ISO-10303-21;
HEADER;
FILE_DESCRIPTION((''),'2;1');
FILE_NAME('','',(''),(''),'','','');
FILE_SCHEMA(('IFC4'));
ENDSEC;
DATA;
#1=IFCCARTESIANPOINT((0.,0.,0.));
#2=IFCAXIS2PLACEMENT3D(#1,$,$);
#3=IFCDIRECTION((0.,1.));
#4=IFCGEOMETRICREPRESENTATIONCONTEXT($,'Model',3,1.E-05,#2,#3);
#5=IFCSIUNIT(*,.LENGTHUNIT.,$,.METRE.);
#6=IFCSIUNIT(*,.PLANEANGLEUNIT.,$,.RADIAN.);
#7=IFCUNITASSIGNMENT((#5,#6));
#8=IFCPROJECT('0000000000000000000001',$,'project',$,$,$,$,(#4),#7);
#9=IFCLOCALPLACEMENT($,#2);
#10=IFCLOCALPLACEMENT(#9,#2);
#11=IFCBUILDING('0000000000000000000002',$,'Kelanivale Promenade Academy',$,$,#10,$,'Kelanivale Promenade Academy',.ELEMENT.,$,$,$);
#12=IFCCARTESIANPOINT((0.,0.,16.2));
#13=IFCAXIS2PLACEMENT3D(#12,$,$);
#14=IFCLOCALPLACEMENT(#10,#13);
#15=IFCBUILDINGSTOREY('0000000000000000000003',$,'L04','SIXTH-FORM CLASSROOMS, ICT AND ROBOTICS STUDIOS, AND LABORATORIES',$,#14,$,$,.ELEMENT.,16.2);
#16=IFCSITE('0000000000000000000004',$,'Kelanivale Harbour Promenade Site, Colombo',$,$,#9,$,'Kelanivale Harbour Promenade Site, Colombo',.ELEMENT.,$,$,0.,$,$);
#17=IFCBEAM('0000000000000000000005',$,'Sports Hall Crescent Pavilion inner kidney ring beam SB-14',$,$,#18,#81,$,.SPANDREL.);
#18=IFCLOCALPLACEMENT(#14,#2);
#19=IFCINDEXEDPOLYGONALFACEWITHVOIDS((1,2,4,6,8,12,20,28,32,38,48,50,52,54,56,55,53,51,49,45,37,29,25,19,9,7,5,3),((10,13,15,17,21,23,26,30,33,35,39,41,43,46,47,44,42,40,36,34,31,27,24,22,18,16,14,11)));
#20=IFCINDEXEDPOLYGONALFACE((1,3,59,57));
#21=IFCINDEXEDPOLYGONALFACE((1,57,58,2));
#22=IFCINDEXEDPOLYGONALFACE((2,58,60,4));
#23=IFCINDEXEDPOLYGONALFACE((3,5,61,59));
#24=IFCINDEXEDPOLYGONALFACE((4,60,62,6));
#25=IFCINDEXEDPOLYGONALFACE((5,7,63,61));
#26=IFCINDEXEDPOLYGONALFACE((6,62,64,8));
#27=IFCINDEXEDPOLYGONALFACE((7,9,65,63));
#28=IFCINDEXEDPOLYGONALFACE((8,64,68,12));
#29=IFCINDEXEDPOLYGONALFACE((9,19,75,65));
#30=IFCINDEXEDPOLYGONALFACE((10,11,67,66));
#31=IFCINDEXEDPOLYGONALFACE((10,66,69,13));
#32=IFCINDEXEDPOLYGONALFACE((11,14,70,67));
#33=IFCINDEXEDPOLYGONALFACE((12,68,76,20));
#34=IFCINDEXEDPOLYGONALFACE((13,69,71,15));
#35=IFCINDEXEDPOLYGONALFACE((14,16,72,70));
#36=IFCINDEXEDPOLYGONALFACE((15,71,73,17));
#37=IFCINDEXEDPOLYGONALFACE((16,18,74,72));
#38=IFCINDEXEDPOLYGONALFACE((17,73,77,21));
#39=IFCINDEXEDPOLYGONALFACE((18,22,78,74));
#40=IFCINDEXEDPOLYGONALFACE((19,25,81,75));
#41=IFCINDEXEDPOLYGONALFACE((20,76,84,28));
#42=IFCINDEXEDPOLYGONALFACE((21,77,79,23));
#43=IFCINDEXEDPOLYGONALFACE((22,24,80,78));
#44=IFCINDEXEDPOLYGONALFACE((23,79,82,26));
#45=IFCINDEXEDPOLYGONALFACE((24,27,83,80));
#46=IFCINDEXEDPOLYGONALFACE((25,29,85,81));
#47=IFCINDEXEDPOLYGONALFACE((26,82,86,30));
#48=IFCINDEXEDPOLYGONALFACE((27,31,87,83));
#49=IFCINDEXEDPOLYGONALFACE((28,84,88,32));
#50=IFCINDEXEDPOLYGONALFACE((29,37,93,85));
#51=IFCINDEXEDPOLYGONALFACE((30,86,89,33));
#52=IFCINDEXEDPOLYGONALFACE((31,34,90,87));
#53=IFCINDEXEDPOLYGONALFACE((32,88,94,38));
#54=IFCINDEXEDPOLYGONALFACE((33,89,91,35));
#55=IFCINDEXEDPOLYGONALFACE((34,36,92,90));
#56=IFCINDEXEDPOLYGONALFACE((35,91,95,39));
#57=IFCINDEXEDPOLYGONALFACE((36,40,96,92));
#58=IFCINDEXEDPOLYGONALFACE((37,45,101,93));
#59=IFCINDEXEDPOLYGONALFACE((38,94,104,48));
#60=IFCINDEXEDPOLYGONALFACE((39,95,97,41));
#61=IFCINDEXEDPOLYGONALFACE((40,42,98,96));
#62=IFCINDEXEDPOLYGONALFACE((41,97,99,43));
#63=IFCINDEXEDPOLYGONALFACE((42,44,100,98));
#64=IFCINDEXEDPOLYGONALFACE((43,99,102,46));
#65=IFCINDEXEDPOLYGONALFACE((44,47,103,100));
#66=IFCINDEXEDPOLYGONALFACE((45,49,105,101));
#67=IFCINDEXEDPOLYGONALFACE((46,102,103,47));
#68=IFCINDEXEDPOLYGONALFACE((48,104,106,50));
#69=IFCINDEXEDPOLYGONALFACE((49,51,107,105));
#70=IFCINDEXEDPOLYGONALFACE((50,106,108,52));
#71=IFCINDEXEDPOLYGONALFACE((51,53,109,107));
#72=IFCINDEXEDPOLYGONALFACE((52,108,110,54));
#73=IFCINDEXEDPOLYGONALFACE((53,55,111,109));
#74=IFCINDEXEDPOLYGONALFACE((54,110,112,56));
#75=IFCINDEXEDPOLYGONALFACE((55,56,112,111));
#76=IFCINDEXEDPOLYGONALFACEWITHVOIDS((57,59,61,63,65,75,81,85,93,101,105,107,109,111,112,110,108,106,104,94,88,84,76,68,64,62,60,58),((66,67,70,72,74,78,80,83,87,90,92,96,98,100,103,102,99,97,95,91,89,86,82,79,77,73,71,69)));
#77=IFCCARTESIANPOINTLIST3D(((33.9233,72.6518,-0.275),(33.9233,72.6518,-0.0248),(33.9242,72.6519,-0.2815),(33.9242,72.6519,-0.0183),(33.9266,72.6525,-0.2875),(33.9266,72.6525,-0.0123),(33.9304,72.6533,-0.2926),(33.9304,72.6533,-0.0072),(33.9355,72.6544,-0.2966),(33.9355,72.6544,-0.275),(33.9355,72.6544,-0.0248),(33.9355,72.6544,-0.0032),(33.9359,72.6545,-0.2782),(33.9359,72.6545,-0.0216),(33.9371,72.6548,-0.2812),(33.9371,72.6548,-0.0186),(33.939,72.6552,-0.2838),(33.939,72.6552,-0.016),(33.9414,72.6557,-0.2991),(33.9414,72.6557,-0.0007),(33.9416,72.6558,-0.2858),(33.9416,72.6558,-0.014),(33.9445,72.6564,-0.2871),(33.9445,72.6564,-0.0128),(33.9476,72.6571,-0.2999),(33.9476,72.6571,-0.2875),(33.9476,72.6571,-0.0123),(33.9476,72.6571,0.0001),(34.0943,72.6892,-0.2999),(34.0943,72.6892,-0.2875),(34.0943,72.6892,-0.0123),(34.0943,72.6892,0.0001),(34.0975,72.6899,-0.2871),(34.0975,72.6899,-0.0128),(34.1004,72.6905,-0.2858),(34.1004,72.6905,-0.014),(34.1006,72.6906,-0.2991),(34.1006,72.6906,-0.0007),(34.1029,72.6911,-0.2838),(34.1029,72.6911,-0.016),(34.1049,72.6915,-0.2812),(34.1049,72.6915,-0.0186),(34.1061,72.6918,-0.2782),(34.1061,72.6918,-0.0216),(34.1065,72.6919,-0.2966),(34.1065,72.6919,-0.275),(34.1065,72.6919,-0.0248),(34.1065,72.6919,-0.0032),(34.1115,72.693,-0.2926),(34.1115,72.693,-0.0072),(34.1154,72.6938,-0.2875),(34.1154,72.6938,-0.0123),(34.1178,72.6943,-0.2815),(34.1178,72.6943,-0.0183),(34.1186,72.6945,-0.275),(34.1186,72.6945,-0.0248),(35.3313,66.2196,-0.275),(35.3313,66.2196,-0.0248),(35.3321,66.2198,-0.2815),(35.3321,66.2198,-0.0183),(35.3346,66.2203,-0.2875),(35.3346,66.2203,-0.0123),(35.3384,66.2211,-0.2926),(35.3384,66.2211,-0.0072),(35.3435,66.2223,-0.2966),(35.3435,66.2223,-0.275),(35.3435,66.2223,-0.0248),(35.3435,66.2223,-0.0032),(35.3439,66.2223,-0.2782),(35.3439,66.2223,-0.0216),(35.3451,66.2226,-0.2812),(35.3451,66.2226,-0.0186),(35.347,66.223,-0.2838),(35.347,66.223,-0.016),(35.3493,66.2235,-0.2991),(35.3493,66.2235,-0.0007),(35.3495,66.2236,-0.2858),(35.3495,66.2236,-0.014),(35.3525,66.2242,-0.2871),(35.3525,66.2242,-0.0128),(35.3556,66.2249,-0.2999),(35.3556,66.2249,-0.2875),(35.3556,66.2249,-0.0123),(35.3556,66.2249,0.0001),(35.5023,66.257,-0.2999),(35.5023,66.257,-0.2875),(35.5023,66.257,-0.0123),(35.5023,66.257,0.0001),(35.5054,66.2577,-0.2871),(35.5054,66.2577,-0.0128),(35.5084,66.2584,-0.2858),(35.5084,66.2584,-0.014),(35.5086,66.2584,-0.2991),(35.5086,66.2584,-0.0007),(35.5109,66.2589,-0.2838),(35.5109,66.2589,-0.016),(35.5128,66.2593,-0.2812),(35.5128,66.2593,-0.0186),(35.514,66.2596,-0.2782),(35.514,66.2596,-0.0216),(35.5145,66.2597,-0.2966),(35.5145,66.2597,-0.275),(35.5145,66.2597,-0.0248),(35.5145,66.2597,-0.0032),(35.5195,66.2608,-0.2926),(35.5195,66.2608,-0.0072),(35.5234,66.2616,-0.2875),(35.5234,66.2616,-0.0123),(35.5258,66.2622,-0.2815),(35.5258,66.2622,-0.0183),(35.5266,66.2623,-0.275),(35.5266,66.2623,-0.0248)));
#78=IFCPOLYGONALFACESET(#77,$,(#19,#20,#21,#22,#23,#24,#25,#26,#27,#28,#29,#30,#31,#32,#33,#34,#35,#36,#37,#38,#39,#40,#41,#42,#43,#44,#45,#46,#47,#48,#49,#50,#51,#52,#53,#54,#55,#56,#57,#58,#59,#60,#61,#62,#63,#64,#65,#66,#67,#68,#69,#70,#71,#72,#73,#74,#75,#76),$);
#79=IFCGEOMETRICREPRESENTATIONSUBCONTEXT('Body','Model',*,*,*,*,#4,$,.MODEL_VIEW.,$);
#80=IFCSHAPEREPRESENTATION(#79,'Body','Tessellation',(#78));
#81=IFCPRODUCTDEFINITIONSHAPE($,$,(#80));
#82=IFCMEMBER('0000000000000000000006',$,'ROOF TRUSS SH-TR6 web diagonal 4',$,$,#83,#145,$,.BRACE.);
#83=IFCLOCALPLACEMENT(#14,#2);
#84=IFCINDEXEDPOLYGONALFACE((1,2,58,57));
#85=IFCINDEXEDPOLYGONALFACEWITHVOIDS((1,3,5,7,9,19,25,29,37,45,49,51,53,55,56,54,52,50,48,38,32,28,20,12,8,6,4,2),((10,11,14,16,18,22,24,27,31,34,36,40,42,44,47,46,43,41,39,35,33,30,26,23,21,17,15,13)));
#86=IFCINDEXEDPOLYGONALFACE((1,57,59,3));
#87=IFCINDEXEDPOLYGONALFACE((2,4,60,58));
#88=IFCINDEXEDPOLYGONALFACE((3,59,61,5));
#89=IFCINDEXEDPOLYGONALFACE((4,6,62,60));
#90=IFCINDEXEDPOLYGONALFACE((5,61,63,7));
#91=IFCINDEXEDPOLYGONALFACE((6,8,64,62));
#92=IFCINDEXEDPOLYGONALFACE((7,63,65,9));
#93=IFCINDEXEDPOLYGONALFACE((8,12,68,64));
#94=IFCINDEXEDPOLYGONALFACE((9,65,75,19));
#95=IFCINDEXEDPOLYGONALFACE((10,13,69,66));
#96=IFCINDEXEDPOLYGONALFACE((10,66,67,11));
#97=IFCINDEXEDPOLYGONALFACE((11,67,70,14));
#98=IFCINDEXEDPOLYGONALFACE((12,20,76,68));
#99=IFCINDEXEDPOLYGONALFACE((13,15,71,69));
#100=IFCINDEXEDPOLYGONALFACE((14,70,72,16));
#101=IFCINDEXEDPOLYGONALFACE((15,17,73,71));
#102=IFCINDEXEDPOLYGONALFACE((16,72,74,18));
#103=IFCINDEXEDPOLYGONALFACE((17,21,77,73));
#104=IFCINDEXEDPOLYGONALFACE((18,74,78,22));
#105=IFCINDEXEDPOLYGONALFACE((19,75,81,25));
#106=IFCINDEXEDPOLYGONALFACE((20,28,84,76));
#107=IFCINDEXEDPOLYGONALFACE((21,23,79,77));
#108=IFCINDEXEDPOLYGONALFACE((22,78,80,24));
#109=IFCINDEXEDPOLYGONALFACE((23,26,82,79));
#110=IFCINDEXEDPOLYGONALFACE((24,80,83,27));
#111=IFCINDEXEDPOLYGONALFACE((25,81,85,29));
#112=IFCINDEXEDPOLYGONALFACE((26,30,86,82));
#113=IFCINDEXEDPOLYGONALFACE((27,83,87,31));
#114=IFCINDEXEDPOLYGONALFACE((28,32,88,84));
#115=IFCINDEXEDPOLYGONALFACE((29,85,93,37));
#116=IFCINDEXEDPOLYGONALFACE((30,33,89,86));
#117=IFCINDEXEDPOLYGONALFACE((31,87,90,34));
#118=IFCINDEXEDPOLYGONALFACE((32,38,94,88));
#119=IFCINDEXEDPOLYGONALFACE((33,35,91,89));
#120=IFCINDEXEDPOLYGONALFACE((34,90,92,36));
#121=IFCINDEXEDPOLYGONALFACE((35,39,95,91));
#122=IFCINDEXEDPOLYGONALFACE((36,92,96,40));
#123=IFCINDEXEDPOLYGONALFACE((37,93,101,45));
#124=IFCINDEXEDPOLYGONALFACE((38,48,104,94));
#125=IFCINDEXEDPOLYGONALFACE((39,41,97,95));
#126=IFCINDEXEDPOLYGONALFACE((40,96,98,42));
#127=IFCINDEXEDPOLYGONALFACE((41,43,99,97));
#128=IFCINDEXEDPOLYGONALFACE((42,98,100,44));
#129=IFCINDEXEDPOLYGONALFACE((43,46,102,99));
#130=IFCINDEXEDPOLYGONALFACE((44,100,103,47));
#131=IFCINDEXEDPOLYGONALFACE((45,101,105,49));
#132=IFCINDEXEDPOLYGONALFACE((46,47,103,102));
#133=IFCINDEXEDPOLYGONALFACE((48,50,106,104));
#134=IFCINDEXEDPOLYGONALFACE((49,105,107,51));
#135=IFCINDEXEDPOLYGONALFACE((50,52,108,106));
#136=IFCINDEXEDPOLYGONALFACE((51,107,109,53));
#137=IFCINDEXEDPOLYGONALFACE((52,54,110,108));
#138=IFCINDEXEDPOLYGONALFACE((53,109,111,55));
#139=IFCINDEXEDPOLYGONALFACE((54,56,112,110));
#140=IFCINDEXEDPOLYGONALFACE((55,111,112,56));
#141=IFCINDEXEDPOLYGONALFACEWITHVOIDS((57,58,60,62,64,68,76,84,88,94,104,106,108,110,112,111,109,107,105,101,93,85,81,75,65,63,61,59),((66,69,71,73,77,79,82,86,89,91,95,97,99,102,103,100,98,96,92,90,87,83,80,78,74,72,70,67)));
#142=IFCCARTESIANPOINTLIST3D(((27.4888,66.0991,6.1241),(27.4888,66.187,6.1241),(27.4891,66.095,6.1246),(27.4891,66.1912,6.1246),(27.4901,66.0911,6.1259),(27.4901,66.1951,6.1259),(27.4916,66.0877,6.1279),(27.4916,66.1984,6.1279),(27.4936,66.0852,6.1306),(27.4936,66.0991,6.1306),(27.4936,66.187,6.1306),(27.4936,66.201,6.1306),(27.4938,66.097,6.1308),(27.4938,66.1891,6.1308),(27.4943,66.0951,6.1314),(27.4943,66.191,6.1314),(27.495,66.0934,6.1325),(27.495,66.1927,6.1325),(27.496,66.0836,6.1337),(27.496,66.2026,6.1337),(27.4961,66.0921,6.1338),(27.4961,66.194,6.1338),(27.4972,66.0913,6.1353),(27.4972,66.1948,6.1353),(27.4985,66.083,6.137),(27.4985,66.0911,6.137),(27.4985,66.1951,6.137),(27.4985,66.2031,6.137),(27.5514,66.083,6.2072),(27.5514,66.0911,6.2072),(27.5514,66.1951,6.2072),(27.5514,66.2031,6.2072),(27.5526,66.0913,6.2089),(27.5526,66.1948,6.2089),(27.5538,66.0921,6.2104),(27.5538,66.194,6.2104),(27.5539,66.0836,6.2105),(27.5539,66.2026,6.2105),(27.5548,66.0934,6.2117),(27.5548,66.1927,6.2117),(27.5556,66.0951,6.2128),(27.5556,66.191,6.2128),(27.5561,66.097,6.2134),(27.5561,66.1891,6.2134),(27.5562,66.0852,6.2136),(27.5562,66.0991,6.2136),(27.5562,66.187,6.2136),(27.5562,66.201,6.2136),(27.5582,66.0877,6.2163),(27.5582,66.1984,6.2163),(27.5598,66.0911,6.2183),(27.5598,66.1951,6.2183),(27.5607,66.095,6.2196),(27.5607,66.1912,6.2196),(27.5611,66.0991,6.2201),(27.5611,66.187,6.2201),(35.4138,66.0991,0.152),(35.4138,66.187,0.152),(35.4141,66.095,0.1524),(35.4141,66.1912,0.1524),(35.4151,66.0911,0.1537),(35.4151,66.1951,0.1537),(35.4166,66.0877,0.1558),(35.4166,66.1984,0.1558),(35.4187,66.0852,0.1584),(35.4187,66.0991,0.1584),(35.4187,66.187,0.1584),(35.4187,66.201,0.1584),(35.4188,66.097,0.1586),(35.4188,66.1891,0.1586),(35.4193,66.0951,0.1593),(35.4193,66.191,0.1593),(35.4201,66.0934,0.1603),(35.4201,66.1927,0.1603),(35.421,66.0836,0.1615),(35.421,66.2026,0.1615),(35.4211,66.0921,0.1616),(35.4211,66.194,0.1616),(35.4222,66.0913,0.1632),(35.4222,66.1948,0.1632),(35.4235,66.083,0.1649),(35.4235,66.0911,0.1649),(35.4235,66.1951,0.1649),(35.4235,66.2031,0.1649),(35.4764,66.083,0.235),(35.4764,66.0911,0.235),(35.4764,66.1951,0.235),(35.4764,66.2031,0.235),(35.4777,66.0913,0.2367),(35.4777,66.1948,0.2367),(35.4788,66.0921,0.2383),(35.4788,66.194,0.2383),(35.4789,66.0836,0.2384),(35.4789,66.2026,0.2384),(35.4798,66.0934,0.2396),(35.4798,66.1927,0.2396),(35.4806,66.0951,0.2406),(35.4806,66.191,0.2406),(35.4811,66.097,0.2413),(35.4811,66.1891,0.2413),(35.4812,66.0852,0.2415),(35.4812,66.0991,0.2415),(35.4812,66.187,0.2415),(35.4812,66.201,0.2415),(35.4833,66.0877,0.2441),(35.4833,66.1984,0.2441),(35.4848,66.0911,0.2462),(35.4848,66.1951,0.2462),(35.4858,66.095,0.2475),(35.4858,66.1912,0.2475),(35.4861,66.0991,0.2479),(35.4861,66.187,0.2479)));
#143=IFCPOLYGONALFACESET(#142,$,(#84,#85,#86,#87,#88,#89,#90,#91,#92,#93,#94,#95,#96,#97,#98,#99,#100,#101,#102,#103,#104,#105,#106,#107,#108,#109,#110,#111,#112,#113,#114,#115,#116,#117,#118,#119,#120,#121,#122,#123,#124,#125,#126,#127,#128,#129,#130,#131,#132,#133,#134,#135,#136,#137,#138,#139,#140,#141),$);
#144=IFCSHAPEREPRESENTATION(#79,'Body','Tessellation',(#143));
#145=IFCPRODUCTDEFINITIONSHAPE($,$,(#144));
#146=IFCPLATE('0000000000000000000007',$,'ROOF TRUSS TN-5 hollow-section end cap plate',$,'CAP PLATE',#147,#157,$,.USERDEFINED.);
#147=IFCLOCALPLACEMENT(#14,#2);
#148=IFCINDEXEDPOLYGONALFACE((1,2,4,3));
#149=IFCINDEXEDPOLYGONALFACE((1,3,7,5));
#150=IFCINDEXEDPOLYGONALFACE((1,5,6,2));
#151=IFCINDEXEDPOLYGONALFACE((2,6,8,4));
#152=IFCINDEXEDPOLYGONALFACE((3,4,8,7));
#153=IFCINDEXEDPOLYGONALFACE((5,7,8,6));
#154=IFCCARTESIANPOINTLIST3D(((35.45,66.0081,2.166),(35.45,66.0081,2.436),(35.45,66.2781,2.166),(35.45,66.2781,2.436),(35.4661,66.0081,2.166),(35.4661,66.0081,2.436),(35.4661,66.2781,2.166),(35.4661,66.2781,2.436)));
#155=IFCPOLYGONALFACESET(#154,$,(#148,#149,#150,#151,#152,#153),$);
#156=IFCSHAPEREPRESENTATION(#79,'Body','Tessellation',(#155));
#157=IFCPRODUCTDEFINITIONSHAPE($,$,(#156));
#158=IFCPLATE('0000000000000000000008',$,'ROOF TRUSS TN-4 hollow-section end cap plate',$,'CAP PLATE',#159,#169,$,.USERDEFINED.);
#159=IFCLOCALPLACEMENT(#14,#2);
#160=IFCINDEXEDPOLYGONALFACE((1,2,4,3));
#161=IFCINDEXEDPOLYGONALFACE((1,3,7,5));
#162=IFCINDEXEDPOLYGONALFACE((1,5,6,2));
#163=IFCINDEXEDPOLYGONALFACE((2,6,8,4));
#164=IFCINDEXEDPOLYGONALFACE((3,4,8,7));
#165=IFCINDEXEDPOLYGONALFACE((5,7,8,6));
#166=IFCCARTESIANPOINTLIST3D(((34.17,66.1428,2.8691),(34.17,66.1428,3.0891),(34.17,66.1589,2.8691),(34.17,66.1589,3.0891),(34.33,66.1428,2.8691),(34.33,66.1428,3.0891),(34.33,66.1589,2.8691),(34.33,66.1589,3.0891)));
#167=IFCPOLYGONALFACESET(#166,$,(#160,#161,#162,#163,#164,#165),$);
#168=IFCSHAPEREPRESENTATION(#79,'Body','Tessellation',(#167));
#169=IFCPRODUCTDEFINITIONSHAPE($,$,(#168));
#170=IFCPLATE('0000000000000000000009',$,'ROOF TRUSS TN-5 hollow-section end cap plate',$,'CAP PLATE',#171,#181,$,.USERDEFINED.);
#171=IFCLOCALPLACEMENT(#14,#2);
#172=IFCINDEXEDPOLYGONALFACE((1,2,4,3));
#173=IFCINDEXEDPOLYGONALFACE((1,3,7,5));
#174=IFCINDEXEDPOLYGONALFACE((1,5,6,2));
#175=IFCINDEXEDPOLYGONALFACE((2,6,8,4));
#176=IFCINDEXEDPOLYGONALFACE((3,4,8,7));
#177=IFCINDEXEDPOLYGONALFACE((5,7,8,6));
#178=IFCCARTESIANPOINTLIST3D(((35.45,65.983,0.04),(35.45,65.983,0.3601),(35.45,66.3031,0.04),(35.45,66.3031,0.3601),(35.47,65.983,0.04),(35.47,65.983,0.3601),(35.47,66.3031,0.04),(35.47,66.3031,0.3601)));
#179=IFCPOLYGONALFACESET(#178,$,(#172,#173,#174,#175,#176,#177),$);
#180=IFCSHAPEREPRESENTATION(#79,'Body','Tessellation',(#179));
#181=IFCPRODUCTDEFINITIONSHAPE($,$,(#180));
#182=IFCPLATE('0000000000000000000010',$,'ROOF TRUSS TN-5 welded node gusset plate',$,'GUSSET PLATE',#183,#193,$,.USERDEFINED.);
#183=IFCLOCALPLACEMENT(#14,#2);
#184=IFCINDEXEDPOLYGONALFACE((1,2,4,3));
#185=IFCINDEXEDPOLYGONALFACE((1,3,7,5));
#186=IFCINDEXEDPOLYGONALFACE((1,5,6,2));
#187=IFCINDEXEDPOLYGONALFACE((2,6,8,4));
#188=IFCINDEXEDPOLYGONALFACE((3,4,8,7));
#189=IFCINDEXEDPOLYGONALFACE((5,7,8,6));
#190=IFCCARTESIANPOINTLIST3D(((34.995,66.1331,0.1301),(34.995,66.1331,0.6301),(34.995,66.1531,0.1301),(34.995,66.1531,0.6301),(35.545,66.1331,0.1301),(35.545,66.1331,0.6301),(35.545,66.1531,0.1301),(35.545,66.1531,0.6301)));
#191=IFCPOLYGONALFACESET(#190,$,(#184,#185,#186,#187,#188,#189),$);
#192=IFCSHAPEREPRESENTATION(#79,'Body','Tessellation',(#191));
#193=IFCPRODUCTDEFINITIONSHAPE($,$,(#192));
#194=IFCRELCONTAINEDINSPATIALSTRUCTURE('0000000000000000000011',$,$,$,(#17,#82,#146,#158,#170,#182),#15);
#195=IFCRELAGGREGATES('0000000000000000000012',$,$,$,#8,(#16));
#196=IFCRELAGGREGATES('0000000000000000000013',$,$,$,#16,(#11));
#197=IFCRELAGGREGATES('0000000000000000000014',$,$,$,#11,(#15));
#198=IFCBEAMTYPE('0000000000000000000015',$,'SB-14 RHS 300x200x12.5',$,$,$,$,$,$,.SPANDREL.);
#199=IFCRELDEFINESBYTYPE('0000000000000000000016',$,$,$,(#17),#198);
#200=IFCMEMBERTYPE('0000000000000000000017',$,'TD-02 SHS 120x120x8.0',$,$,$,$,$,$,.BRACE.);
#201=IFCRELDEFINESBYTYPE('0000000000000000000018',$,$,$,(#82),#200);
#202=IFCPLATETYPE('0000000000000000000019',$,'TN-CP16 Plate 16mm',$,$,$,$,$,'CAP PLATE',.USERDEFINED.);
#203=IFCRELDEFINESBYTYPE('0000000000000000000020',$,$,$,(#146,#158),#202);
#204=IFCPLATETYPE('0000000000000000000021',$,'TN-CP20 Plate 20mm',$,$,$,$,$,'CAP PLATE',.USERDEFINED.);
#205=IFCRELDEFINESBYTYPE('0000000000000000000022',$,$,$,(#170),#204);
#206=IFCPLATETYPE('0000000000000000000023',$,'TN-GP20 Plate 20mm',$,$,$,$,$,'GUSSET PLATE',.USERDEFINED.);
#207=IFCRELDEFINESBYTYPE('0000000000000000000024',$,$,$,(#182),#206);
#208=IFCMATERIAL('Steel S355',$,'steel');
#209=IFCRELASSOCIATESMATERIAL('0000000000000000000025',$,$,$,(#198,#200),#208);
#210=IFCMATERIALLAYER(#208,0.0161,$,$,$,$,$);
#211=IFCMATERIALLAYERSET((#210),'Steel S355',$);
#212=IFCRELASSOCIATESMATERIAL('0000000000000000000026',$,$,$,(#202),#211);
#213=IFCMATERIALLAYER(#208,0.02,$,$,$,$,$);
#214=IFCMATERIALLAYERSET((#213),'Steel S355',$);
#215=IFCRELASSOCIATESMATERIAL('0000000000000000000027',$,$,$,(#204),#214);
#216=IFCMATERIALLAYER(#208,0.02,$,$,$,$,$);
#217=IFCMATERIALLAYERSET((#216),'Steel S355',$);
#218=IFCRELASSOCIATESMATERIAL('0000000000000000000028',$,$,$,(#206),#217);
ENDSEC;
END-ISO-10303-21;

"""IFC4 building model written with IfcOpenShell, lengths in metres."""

from ifc_helpers import new_model, si_unit, direction, frame, origin, origin_2d, place, context, subcontext, project, spatial, rectangle, hollow_rectangle, extrude, material, layer, layer_set, material_profile, profile_set, type_object, element, save


model = new_model("IFC4")

# Units and contexts
model_context = context("Model", 3, precision=1e-05, world=origin(), true_north=direction((0.0, 1.0)))
body_context = subcontext(model_context, "Body", "Model", "MODEL_VIEW")
ifc_project = project(units=[si_unit("LENGTHUNIT", "METRE"), si_unit("PLANEANGLEUNIT", "RADIAN")], contexts=[model_context])

# Site, building, storey
site_placement = place(None, origin())
site = spatial("IfcSite", under=ifc_project, at=site_placement, Name="Kelanivale Harbour Promenade Site, Colombo", LongName="Kelanivale Harbour Promenade Site, Colombo", CompositionType="ELEMENT", RefElevation=0.0)
building_placement = place(site_placement, origin())
building = spatial("IfcBuilding", under=site, at=building_placement, Name="Kelanivale Promenade Academy", LongName="Kelanivale Promenade Academy", CompositionType="ELEMENT")
storey_placement = place(building_placement, frame((0.0, 0.0, 16.2)))
storey = spatial("IfcBuildingStorey", under=building, at=storey_placement, Name="L04", Description="SIXTH-FORM CLASSROOMS, ICT AND ROBOTICS STUDIOS, AND LABORATORIES", CompositionType="ELEMENT", Elevation=16.2)

# Shared definitions
ifc_material_1 = material(Name="Steel S355", Category="steel")

# Beam
ifc_material_profile_1 = material_profile(ifc_material_1, hollow_rectangle(XDim=0.2, YDim=0.3, WallThickness=0.0125, InnerFilletRadius=0.0125, OuterFilletRadius=0.0249, at=origin_2d()), Name="RHS 300x200x12.5")
ifc_profile_set_1 = profile_set([ifc_material_profile_1], Name="Steel S355")
beam_type_1 = type_object("IfcBeamType", Name="SB-14 RHS 300x200x12.5", PredefinedType="SPANDREL", material=ifc_profile_set_1)
beam_1_placement = place(storey_placement, frame((35.429, 66.241, -0.1499), z_axis=(-0.213832, 0.97687, 0.0), x_axis=(-0.97687, -0.213832, 0.0)))
element("IfcBeam", 1, at=beam_1_placement, inside=storey, type_object=beam_type_1, Name="Sports Hall Crescent Pavilion inner kidney ring beam SB-14", PredefinedType="SPANDREL", context=body_context, shape_type="SweptSolid", body=[
    extrude(hollow_rectangle(XDim=0.2, YDim=0.3, WallThickness=0.0125, InnerFilletRadius=0.0125, OuterFilletRadius=0.0249, at=origin_2d()), origin(), (0.0, 0.0, 1.0), 6.5845),
])

# Member
ifc_material_profile_2 = material_profile(ifc_material_1, hollow_rectangle(XDim=0.1201, YDim=0.1201, WallThickness=0.0081, InnerFilletRadius=0.0081, OuterFilletRadius=0.0161, at=origin_2d()), Name="SHS 120x120x8.0")
ifc_profile_set_2 = profile_set([ifc_material_profile_2], Name="Steel S355")
member_type_1 = type_object("IfcMemberType", Name="TD-02 SHS 120x120x8.0", PredefinedType="BRACE", material=ifc_profile_set_2)
member_1_placement = place(storey_placement, frame((35.45, 66.1431, 0.2), z_axis=(-0.798625, 0.0, 0.601829), x_axis=(0.0, -1.0, 0.0)))
element("IfcMember", 2, at=member_1_placement, inside=storey, type_object=member_type_1, Name="ROOF TRUSS SH-TR6 web diagonal 4", PredefinedType="BRACE", context=body_context, shape_type="SweptSolid", body=[
    extrude(hollow_rectangle(XDim=0.1201, YDim=0.1201, WallThickness=0.0081, InnerFilletRadius=0.0081, OuterFilletRadius=0.0161, at=origin_2d()), origin(), (0.0, 0.0, 1.0), 9.9233),
])

# Plates
ifc_layer_1 = layer(ifc_material_1, 0.0161)
ifc_layer_set_1 = layer_set([ifc_layer_1], Name="Steel S355")
plate_type_1 = type_object("IfcPlateType", Name="TN-CP16 Plate 16mm", ElementType="CAP PLATE", PredefinedType="USERDEFINED", material=ifc_layer_set_1)
plate_1_placement = place(storey_placement, frame((35.458, 66.1431, 2.166), z_axis=(0.0, 0.0, 1.0), x_axis=(1.0, 0.0, 0.0)))
element("IfcPlate", 3, at=plate_1_placement, inside=storey, type_object=plate_type_1, Name="ROOF TRUSS TN-5 hollow-section end cap plate", ObjectType="CAP PLATE", PredefinedType="USERDEFINED", context=body_context, shape_type="SweptSolid", body=[
    extrude(rectangle(XDim=0.0161, YDim=0.27, at=origin_2d()), origin(), (0.0, 0.0, 1.0), 0.27),
])
plate_2_placement = place(storey_placement, frame((34.25, 66.1509, 2.8691), z_axis=(0.0, 0.0, 1.0), x_axis=(0.0, 1.0, 0.0)))
element("IfcPlate", 4, at=plate_2_placement, inside=storey, type_object=plate_type_1, Name="ROOF TRUSS TN-4 hollow-section end cap plate", ObjectType="CAP PLATE", PredefinedType="USERDEFINED", context=body_context, shape_type="SweptSolid", body=[
    extrude(rectangle(XDim=0.0161, YDim=0.1599, at=origin_2d()), origin(), (0.0, 0.0, 1.0), 0.22),
])
ifc_layer_2 = layer(ifc_material_1, 0.02)
ifc_layer_set_2 = layer_set([ifc_layer_2], Name="Steel S355")
plate_type_2 = type_object("IfcPlateType", Name="TN-CP20 Plate 20mm", ElementType="CAP PLATE", PredefinedType="USERDEFINED", material=ifc_layer_set_2)
plate_3_placement = place(storey_placement, frame((35.46, 66.1431, 0.04), z_axis=(0.0, 0.0, 1.0), x_axis=(1.0, 0.0, 0.0)))
element("IfcPlate", 5, at=plate_3_placement, inside=storey, type_object=plate_type_2, Name="ROOF TRUSS TN-5 hollow-section end cap plate", ObjectType="CAP PLATE", PredefinedType="USERDEFINED", context=body_context, shape_type="SweptSolid", body=[
    extrude(rectangle(XDim=0.02, YDim=0.3201, at=origin_2d()), origin(), (0.0, 0.0, 1.0), 0.3201),
])
ifc_layer_3 = layer(ifc_material_1, 0.02)
ifc_layer_set_3 = layer_set([ifc_layer_3], Name="Steel S355")
plate_type_3 = type_object("IfcPlateType", Name="TN-GP20 Plate 20mm", ElementType="GUSSET PLATE", PredefinedType="USERDEFINED", material=ifc_layer_set_3)
plate_4_placement = place(storey_placement, frame((35.27, 66.1431, 0.1301), z_axis=(0.0, 0.0, 1.0), x_axis=(1.0, 0.0, 0.0)))
element("IfcPlate", 6, at=plate_4_placement, inside=storey, type_object=plate_type_3, Name="ROOF TRUSS TN-5 welded node gusset plate", ObjectType="GUSSET PLATE", PredefinedType="USERDEFINED", context=body_context, shape_type="SweptSolid", body=[
    extrude(rectangle(XDim=0.55, YDim=0.02, at=origin_2d()), origin(), (0.0, 0.0, 1.0), 0.5),
])

save(model, "model.ifc")
